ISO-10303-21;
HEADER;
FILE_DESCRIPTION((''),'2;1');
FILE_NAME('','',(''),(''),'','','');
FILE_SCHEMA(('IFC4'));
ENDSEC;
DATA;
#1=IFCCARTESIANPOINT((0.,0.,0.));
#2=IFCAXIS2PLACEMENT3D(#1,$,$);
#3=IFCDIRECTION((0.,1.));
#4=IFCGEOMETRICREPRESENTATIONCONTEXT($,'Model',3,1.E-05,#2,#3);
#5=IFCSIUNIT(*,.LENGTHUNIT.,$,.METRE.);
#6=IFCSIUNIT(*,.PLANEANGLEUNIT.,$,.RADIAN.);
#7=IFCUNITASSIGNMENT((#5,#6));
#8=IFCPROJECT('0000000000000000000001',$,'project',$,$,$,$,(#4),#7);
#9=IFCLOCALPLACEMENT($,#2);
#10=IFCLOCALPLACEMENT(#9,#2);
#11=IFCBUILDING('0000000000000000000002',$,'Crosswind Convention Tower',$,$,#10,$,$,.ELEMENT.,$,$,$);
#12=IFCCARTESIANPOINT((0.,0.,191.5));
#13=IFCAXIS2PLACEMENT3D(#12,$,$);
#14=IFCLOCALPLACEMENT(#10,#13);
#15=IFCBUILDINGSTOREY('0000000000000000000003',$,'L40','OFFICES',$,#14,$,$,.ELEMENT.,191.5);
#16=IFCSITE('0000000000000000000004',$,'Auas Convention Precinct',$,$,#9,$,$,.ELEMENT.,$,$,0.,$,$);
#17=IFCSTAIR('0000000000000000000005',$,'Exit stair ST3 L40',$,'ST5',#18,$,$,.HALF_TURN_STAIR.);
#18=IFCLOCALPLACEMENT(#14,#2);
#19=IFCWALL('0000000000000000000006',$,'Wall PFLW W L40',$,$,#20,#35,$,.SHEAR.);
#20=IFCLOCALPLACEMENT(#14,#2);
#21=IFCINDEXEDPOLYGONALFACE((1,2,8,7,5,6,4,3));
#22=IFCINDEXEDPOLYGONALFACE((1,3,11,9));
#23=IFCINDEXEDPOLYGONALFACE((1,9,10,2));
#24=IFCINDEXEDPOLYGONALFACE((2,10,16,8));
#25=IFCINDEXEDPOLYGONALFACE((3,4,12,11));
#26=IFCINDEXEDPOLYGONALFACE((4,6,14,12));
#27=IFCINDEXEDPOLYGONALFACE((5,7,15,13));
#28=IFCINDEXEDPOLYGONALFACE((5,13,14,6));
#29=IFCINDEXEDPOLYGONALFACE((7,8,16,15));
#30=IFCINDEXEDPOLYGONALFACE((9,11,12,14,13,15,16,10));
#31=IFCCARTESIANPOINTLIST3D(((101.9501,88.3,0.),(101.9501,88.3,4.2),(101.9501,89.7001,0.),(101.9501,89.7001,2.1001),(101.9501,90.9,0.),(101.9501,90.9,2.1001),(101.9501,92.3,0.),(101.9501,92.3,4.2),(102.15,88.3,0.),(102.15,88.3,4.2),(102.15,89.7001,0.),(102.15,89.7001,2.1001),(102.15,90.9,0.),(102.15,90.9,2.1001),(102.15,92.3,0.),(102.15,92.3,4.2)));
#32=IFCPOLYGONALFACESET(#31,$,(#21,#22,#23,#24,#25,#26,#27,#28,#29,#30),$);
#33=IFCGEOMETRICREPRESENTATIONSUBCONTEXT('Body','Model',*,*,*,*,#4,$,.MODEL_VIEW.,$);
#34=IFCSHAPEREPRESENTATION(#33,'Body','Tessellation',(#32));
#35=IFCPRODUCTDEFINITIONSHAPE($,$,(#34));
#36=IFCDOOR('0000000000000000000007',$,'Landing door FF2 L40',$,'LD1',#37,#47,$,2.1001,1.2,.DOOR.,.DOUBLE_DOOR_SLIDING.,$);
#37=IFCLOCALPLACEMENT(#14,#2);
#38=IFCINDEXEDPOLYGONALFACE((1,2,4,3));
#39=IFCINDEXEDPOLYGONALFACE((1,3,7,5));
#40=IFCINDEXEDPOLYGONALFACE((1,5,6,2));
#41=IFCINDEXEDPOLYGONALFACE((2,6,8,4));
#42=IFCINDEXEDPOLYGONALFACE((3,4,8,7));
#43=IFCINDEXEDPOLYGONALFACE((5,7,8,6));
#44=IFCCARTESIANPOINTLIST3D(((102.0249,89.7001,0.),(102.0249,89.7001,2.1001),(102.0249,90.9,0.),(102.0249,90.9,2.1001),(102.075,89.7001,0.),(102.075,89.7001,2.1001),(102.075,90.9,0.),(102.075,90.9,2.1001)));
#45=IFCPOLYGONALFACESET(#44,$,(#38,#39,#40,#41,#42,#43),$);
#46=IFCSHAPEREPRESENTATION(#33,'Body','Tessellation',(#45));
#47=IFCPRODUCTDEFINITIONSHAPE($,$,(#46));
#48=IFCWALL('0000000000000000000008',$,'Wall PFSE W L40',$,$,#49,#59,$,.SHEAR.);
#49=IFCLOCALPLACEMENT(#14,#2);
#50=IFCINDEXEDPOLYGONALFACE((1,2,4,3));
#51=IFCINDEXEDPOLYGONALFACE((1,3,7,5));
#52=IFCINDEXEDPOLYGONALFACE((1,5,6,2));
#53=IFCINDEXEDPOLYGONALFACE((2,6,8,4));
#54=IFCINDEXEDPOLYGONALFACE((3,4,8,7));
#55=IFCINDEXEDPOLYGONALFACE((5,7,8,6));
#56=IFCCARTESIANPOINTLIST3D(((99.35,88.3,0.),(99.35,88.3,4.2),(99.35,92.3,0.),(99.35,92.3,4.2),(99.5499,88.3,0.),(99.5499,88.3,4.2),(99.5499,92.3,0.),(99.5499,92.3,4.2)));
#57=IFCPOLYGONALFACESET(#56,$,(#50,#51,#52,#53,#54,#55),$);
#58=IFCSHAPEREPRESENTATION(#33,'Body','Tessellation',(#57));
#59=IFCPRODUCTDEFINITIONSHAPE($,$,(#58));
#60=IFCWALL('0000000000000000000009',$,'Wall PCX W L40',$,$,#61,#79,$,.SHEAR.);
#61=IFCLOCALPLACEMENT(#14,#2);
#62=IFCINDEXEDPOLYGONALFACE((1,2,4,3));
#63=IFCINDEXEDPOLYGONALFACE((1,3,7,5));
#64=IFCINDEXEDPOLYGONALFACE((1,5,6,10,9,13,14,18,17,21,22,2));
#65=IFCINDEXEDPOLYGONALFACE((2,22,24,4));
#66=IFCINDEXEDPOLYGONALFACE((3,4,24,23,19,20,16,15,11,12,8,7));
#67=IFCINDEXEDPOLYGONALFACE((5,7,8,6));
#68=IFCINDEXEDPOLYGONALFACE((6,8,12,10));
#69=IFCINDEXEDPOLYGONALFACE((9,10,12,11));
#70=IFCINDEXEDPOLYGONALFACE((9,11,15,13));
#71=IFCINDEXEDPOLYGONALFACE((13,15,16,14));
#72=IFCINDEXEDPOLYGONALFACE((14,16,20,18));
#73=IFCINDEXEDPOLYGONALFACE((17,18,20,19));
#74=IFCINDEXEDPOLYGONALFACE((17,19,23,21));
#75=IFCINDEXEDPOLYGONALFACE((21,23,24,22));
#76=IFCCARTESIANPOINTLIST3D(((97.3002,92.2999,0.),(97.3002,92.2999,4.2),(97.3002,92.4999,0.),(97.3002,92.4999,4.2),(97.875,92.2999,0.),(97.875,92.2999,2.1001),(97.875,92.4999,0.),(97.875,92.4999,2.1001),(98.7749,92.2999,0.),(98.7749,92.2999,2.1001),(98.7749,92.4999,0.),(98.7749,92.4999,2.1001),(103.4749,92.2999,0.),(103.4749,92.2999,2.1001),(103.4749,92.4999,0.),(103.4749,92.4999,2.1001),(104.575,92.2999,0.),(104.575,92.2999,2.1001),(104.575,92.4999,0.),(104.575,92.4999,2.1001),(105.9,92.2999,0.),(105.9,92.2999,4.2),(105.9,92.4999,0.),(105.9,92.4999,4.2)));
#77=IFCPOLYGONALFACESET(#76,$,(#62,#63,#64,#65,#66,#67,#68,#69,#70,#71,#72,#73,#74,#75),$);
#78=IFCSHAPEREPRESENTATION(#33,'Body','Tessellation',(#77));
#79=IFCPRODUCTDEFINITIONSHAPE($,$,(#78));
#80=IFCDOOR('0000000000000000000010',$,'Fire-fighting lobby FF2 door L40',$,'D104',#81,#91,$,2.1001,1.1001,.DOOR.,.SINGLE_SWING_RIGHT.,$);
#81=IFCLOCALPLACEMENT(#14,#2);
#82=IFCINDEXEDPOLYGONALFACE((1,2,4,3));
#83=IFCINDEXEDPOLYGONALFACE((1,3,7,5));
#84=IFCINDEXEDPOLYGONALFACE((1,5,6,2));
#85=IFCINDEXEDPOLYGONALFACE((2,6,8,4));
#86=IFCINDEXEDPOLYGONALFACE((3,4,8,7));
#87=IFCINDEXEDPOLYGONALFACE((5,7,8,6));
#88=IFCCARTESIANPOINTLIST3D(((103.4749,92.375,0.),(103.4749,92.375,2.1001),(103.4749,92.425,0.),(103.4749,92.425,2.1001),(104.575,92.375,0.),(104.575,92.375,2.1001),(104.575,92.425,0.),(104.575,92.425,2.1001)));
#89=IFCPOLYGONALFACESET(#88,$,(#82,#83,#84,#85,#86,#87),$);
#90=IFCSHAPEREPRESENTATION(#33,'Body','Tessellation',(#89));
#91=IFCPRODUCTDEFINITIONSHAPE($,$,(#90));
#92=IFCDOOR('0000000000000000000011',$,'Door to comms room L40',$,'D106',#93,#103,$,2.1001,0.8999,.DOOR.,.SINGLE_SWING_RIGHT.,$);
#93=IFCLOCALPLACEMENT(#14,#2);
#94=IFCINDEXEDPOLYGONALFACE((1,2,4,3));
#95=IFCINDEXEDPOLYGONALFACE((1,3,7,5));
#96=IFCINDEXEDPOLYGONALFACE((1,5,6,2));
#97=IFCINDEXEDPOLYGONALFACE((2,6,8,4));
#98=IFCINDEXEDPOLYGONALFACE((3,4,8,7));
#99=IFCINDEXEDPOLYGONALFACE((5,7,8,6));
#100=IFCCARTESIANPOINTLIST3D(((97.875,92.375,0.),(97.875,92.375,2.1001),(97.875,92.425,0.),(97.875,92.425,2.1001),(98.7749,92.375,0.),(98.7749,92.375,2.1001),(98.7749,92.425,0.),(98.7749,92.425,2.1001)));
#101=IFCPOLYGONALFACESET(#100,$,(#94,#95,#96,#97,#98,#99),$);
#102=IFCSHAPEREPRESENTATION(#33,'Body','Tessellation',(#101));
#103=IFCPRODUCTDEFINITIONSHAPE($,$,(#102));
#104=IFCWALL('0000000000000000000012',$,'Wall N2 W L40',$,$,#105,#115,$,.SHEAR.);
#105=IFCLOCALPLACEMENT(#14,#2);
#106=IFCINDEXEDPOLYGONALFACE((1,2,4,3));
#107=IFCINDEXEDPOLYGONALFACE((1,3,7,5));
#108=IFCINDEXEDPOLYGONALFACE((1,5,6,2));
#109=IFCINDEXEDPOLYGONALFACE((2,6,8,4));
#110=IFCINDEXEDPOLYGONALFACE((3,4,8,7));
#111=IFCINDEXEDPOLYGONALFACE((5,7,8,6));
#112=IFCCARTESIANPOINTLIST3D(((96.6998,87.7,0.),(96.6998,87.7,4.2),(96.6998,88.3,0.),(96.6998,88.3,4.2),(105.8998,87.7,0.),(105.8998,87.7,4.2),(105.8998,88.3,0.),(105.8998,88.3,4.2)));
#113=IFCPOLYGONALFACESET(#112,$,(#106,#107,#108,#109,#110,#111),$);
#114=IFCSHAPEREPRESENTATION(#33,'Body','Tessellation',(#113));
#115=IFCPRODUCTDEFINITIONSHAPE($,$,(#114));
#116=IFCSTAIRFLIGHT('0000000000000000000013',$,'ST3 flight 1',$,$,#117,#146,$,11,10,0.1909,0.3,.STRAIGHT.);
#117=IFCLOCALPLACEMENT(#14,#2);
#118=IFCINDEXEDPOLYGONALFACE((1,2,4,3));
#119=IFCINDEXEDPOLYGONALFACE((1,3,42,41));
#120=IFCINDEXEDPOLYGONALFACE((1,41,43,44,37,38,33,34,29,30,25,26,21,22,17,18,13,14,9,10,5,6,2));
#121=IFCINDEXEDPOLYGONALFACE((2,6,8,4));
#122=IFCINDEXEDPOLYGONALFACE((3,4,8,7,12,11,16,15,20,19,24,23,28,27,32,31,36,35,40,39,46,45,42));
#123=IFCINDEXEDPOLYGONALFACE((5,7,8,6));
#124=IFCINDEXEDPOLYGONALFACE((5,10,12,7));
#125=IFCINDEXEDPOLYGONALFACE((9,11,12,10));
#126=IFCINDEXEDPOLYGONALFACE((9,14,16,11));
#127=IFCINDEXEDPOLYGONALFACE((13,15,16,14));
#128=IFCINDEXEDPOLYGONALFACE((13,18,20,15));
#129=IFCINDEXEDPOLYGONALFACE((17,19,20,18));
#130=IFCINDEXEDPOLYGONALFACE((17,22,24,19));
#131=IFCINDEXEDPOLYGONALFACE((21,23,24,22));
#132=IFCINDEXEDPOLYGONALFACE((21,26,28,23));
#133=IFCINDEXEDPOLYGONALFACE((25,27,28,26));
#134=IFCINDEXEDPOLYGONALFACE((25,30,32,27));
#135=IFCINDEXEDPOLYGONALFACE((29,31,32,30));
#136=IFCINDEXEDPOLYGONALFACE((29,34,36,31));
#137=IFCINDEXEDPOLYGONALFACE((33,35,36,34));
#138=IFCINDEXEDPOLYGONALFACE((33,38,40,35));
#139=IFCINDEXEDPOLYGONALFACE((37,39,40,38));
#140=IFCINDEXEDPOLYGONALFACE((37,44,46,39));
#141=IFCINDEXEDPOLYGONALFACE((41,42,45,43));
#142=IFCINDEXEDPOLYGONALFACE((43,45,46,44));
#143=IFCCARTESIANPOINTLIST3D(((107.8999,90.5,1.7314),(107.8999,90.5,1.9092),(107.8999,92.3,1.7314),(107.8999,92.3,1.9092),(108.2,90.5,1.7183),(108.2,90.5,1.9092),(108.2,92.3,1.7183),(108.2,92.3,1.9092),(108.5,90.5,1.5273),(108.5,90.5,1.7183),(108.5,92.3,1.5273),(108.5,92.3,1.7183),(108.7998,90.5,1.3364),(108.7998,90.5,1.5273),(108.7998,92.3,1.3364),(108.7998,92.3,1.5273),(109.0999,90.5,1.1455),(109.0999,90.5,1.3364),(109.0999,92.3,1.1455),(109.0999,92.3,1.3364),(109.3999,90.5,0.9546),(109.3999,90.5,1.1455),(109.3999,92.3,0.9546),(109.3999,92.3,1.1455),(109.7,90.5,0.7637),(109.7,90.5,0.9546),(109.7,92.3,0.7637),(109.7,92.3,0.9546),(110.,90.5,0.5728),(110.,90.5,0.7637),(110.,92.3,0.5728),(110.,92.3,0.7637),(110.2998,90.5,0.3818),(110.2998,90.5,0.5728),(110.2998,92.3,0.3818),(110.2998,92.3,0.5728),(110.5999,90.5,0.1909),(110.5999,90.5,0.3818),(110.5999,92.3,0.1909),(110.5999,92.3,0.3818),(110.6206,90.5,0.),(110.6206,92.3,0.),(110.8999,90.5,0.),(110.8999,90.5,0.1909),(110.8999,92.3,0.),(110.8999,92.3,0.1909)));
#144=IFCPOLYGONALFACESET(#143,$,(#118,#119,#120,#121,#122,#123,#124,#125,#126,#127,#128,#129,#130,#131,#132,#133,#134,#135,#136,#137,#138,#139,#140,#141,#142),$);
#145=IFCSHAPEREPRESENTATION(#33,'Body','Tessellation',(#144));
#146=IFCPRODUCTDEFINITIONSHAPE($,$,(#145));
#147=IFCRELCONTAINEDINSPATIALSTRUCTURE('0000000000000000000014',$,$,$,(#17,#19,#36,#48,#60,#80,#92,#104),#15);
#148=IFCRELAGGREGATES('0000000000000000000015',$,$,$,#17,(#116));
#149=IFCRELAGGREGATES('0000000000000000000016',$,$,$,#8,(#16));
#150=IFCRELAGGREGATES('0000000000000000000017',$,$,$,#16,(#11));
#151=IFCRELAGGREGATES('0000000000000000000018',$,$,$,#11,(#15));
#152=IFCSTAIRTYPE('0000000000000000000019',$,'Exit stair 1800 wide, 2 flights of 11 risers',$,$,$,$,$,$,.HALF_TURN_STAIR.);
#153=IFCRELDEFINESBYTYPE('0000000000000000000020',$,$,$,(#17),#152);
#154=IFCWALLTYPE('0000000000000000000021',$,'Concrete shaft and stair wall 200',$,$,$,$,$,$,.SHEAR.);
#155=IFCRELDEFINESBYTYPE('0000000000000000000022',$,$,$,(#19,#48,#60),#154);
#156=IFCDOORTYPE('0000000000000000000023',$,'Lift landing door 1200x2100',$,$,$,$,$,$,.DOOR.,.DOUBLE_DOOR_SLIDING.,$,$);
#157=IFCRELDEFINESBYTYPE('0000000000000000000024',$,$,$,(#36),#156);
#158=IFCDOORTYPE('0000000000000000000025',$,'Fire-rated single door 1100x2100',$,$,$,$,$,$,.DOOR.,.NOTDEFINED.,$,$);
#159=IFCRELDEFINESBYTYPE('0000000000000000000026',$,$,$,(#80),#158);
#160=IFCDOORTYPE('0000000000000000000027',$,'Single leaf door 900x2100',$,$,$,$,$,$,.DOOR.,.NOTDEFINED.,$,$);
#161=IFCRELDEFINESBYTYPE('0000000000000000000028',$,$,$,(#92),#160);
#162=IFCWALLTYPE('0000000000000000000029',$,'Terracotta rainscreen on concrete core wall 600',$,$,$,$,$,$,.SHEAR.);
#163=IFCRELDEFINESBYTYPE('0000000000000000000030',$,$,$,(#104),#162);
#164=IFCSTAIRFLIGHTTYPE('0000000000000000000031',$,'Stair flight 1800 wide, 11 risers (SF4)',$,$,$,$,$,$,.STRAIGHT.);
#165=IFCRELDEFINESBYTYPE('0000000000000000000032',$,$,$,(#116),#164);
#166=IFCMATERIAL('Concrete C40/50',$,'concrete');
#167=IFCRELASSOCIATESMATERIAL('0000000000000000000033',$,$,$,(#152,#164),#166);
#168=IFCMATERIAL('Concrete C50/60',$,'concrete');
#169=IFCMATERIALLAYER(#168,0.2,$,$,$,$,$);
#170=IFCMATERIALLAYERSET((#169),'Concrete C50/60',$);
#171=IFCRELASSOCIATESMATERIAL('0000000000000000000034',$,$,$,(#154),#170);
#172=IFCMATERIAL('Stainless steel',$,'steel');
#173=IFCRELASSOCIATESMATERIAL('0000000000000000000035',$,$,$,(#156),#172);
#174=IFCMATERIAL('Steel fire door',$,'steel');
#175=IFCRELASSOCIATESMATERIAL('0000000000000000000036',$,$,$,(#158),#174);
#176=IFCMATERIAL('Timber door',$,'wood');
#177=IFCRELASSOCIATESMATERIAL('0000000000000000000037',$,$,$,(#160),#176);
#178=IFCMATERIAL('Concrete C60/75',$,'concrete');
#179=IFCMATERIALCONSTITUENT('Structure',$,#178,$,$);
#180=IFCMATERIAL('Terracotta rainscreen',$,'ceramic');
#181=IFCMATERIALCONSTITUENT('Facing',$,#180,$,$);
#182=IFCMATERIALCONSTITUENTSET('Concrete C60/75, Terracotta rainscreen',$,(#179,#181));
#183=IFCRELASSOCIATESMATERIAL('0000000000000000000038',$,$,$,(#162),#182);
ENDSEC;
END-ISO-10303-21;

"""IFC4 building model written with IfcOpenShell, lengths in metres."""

from ifc_helpers import new_model, si_unit, direction, frame, frame_2d, origin, place, context, subcontext, project, spatial, polyline, rectangle, outline, extrude, material, layer, layer_set, constituent, constituent_set, type_object, element, fill, aggregate, save


model = new_model("IFC4")

# Units and contexts
model_context = context("Model", 3, precision=1e-05, world=origin(), true_north=direction((0.0, 1.0)))
body_context = subcontext(model_context, "Body", "Model", "MODEL_VIEW")
ifc_project = project(units=[si_unit("LENGTHUNIT", "METRE"), si_unit("PLANEANGLEUNIT", "RADIAN")], contexts=[model_context])

# Site, building, storey
site_placement = place(None, origin())
site = spatial("IfcSite", under=ifc_project, at=site_placement, Name="Auas Convention Precinct", CompositionType="ELEMENT", RefElevation=0.0)
building_placement = place(site_placement, origin())
building = spatial("IfcBuilding", under=site, at=building_placement, Name="Crosswind Convention Tower", CompositionType="ELEMENT")
storey_placement = place(building_placement, frame((0.0, 0.0, 191.5)))
storey = spatial("IfcBuildingStorey", under=building, at=storey_placement, Name="L40", Description="OFFICES", CompositionType="ELEMENT", Elevation=191.5)

# Shared definitions
ifc_material_1 = material(Name="Concrete C40/50", Category="concrete")

# Stair
stair_type = type_object("IfcStairType", Name="Exit stair 1800 wide, 2 flights of 11 risers", PredefinedType="HALF_TURN_STAIR", material=ifc_material_1)
stair_1_placement = place(storey_placement, origin())
stair_1 = element("IfcStair", 1, at=stair_1_placement, inside=storey, type_object=stair_type, Name="Exit stair ST3 L40", ObjectType="ST5", PredefinedType="HALF_TURN_STAIR")

# Shared definitions
ifc_material_2 = material(Name="Concrete C50/60", Category="concrete")
ifc_layer_1 = layer(ifc_material_2, 0.2)
ifc_layer_set_1 = layer_set([ifc_layer_1], Name="Concrete C50/60")
wall_type_1 = type_object("IfcWallType", Name="Concrete shaft and stair wall 200", PredefinedType="SHEAR", material=ifc_layer_set_1)

# Wall, opening, door
wall_1_placement = place(storey_placement, frame((102.05, 92.3, 0.0), z_axis=(0.0, 0.0, 1.0), x_axis=(0.0, -1.0, 0.0)))
wall_1 = element("IfcWall", 2, at=wall_1_placement, inside=storey, type_object=wall_type_1, Name="Wall PFLW W L40", PredefinedType="SHEAR", context=body_context, shape_type="SweptSolid", body=[
    extrude(rectangle(XDim=4.0, YDim=0.2, at=frame_2d((2.0, 0.0))), origin(), (0.0, 0.0, 1.0), 4.2),
])
opening_1_placement = place(wall_1_placement, frame((1.3999, 0.0, 0.0)))
opening_1 = element("IfcOpeningElement", 3, at=opening_1_placement, cuts=wall_1, PredefinedType="OPENING", context=body_context, shape_type="SweptSolid", body=[
    extrude(rectangle(XDim=1.2, YDim=2.1001, at=frame_2d((0.6001, 1.05))), frame((0.0, 0.1099, 0.0), z_axis=(0.0, -1.0, 0.0), x_axis=(1.0, 0.0, 0.0)), (0.0, 0.0, 1.0), 0.22),
])
ifc_material_3 = material(Name="Stainless steel", Category="steel")
door_type_1 = type_object("IfcDoorType", Name="Lift landing door 1200x2100", OperationType="DOUBLE_DOOR_SLIDING", PredefinedType="DOOR", material=ifc_material_3)
door_1_placement = place(opening_1_placement, origin())
door_1 = element("IfcDoor", 4, at=door_1_placement, inside=storey, type_object=door_type_1, Name="Landing door FF2 L40", ObjectType="LD1", OperationType="DOUBLE_DOOR_SLIDING", OverallHeight=2.1001, OverallWidth=1.2, PredefinedType="DOOR", context=body_context, shape_type="SweptSolid", body=[
    extrude(rectangle(XDim=1.2, YDim=2.1001, at=frame_2d((0.6001, 1.05))), frame((0.0, 0.0249, 0.0), z_axis=(0.0, -1.0, 0.0), x_axis=(1.0, 0.0, 0.0)), (0.0, 0.0, 1.0), 0.05),
])
fill(opening_1, door_1)

# Wall
wall_2_placement = place(storey_placement, frame((99.45, 92.3, 0.0), z_axis=(0.0, 0.0, 1.0), x_axis=(0.0, -1.0, 0.0)))
element("IfcWall", 5, at=wall_2_placement, inside=storey, type_object=wall_type_1, Name="Wall PFSE W L40", PredefinedType="SHEAR", context=body_context, shape_type="SweptSolid", body=[
    extrude(rectangle(XDim=4.0, YDim=0.2, at=frame_2d((2.0, 0.0))), origin(), (0.0, 0.0, 1.0), 4.2),
])

# Wall, openings, doors
wall_3_placement = place(storey_placement, frame((105.8999, 92.3999, 0.0), z_axis=(0.0, 0.0, 1.0), x_axis=(-1.0, 0.0, 0.0)))
wall_3 = element("IfcWall", 6, at=wall_3_placement, inside=storey, type_object=wall_type_1, Name="Wall PCX W L40", PredefinedType="SHEAR", context=body_context, shape_type="SweptSolid", body=[
    extrude(rectangle(XDim=8.5999, YDim=0.2, at=frame_2d((4.2998, 0.0))), origin(), (0.0, 0.0, 1.0), 4.2),
])
opening_2_placement = place(wall_3_placement, frame((1.325, 0.0, 0.0)))
opening_2 = element("IfcOpeningElement", 7, at=opening_2_placement, cuts=wall_3, PredefinedType="OPENING", context=body_context, shape_type="SweptSolid", body=[
    extrude(rectangle(XDim=1.1001, YDim=2.1001, at=frame_2d((0.55, 1.05))), frame((0.0, 0.1099, 0.0), z_axis=(0.0, -1.0, 0.0), x_axis=(1.0, 0.0, 0.0)), (0.0, 0.0, 1.0), 0.22),
])
opening_3_placement = place(wall_3_placement, frame((7.125, 0.0, 0.0)))
opening_3 = element("IfcOpeningElement", 8, at=opening_3_placement, cuts=wall_3, PredefinedType="OPENING", context=body_context, shape_type="SweptSolid", body=[
    extrude(rectangle(XDim=0.8999, YDim=2.1001, at=frame_2d((0.45, 1.05))), frame((0.0, 0.1099, 0.0), z_axis=(0.0, -1.0, 0.0), x_axis=(1.0, 0.0, 0.0)), (0.0, 0.0, 1.0), 0.22),
])
ifc_material_4 = material(Name="Steel fire door", Category="steel")
door_type_2 = type_object("IfcDoorType", Name="Fire-rated single door 1100x2100", OperationType="NOTDEFINED", PredefinedType="DOOR", material=ifc_material_4)
door_2_placement = place(opening_2_placement, origin())
door_2 = element("IfcDoor", 9, at=door_2_placement, inside=storey, type_object=door_type_2, Name="Fire-fighting lobby FF2 door L40", ObjectType="D104", OperationType="SINGLE_SWING_RIGHT", OverallHeight=2.1001, OverallWidth=1.1001, PredefinedType="DOOR", context=body_context, shape_type="SweptSolid", body=[
    extrude(rectangle(XDim=1.1001, YDim=2.1001, at=frame_2d((0.55, 1.05))), frame((0.0, 0.0249, 0.0), z_axis=(0.0, -1.0, 0.0), x_axis=(1.0, 0.0, 0.0)), (0.0, 0.0, 1.0), 0.05),
])
fill(opening_2, door_2)
ifc_material_5 = material(Name="Timber door", Category="wood")
door_type_3 = type_object("IfcDoorType", Name="Single leaf door 900x2100", OperationType="NOTDEFINED", PredefinedType="DOOR", material=ifc_material_5)
door_3_placement = place(opening_3_placement, origin())
door_3 = element("IfcDoor", 10, at=door_3_placement, inside=storey, type_object=door_type_3, Name="Door to comms room L40", ObjectType="D106", OperationType="SINGLE_SWING_RIGHT", OverallHeight=2.1001, OverallWidth=0.8999, PredefinedType="DOOR", context=body_context, shape_type="SweptSolid", body=[
    extrude(rectangle(XDim=0.8999, YDim=2.1001, at=frame_2d((0.45, 1.05))), frame((0.0, 0.0249, 0.0), z_axis=(0.0, -1.0, 0.0), x_axis=(1.0, 0.0, 0.0)), (0.0, 0.0, 1.0), 0.05),
])
fill(opening_3, door_3)

# Wall
ifc_material_6 = material(Name="Concrete C60/75", Category="concrete")
ifc_constituent_1 = constituent(ifc_material_6, Name="Structure")
ifc_material_7 = material(Name="Terracotta rainscreen", Category="ceramic")
ifc_constituent_2 = constituent(ifc_material_7, Name="Facing")
ifc_constituent_set = constituent_set(constituents=[ifc_constituent_1, ifc_constituent_2], Name="Concrete C60/75, Terracotta rainscreen")
wall_type_2 = type_object("IfcWallType", Name="Terracotta rainscreen on concrete core wall 600", PredefinedType="SHEAR", material=ifc_constituent_set)
wall_4_placement = place(storey_placement, frame((105.8999, 88.0, 0.0), z_axis=(0.0, 0.0, 1.0), x_axis=(-1.0, 0.0, 0.0)))
element("IfcWall", 11, at=wall_4_placement, inside=storey, type_object=wall_type_2, Name="Wall N2 W L40", PredefinedType="SHEAR", context=body_context, shape_type="SweptSolid", body=[
    extrude(rectangle(XDim=9.2, YDim=0.6001, at=frame_2d((4.6001, 0.0))), origin(), (0.0, 0.0, 1.0), 4.2),
])

# Stair flight
stair_flight_type = type_object("IfcStairFlightType", Name="Stair flight 1800 wide, 11 risers (SF4)", PredefinedType="STRAIGHT", material=ifc_material_1)
stair_flight_1_placement = place(storey_placement, frame((110.8999, 91.3999, 0.0), z_axis=(0.0, 0.0, 1.0), x_axis=(-1.0, 0.0, 0.0)))
stair_flight_1 = element("IfcStairFlight", 12, at=stair_flight_1_placement, type_object=stair_flight_type, Name="ST3 flight 1", NumberOfRisers=11, NumberOfTreads=10, PredefinedType="STRAIGHT", RiserHeight=0.1909, TreadLength=0.3, context=body_context, shape_type="SweptSolid", body=[
    extrude(outline(polyline([(0.0, 0.0), (0.0, 0.1909), (0.3, 0.1909), (0.3, 0.3818), (0.6001, 0.3818), (0.6001, 0.5728), (0.8999, 0.5728), (0.8999, 0.7637), (1.2, 0.7637), (1.2, 0.9546), (1.5, 0.9546), (1.5, 1.1455), (1.8, 1.1455), (1.8, 1.3364), (2.1001, 1.3364), (2.1001, 1.5273), (2.3999, 1.5273), (2.3999, 1.7183), (2.7, 1.7183), (2.7, 1.9092), (3.0, 1.9092), (3.0, 2.1001), (3.0, 1.7314), (0.2793, 0.0), (0.0, 0.0)])), frame((0.0, 0.8999, 0.0), z_axis=(0.0, -1.0, 0.0), x_axis=(1.0, 0.0, 0.0)), (0.0, 0.0, 1.0), 1.8),
])
aggregate(stair_1, [stair_flight_1])

save(model, "model.ifc")
